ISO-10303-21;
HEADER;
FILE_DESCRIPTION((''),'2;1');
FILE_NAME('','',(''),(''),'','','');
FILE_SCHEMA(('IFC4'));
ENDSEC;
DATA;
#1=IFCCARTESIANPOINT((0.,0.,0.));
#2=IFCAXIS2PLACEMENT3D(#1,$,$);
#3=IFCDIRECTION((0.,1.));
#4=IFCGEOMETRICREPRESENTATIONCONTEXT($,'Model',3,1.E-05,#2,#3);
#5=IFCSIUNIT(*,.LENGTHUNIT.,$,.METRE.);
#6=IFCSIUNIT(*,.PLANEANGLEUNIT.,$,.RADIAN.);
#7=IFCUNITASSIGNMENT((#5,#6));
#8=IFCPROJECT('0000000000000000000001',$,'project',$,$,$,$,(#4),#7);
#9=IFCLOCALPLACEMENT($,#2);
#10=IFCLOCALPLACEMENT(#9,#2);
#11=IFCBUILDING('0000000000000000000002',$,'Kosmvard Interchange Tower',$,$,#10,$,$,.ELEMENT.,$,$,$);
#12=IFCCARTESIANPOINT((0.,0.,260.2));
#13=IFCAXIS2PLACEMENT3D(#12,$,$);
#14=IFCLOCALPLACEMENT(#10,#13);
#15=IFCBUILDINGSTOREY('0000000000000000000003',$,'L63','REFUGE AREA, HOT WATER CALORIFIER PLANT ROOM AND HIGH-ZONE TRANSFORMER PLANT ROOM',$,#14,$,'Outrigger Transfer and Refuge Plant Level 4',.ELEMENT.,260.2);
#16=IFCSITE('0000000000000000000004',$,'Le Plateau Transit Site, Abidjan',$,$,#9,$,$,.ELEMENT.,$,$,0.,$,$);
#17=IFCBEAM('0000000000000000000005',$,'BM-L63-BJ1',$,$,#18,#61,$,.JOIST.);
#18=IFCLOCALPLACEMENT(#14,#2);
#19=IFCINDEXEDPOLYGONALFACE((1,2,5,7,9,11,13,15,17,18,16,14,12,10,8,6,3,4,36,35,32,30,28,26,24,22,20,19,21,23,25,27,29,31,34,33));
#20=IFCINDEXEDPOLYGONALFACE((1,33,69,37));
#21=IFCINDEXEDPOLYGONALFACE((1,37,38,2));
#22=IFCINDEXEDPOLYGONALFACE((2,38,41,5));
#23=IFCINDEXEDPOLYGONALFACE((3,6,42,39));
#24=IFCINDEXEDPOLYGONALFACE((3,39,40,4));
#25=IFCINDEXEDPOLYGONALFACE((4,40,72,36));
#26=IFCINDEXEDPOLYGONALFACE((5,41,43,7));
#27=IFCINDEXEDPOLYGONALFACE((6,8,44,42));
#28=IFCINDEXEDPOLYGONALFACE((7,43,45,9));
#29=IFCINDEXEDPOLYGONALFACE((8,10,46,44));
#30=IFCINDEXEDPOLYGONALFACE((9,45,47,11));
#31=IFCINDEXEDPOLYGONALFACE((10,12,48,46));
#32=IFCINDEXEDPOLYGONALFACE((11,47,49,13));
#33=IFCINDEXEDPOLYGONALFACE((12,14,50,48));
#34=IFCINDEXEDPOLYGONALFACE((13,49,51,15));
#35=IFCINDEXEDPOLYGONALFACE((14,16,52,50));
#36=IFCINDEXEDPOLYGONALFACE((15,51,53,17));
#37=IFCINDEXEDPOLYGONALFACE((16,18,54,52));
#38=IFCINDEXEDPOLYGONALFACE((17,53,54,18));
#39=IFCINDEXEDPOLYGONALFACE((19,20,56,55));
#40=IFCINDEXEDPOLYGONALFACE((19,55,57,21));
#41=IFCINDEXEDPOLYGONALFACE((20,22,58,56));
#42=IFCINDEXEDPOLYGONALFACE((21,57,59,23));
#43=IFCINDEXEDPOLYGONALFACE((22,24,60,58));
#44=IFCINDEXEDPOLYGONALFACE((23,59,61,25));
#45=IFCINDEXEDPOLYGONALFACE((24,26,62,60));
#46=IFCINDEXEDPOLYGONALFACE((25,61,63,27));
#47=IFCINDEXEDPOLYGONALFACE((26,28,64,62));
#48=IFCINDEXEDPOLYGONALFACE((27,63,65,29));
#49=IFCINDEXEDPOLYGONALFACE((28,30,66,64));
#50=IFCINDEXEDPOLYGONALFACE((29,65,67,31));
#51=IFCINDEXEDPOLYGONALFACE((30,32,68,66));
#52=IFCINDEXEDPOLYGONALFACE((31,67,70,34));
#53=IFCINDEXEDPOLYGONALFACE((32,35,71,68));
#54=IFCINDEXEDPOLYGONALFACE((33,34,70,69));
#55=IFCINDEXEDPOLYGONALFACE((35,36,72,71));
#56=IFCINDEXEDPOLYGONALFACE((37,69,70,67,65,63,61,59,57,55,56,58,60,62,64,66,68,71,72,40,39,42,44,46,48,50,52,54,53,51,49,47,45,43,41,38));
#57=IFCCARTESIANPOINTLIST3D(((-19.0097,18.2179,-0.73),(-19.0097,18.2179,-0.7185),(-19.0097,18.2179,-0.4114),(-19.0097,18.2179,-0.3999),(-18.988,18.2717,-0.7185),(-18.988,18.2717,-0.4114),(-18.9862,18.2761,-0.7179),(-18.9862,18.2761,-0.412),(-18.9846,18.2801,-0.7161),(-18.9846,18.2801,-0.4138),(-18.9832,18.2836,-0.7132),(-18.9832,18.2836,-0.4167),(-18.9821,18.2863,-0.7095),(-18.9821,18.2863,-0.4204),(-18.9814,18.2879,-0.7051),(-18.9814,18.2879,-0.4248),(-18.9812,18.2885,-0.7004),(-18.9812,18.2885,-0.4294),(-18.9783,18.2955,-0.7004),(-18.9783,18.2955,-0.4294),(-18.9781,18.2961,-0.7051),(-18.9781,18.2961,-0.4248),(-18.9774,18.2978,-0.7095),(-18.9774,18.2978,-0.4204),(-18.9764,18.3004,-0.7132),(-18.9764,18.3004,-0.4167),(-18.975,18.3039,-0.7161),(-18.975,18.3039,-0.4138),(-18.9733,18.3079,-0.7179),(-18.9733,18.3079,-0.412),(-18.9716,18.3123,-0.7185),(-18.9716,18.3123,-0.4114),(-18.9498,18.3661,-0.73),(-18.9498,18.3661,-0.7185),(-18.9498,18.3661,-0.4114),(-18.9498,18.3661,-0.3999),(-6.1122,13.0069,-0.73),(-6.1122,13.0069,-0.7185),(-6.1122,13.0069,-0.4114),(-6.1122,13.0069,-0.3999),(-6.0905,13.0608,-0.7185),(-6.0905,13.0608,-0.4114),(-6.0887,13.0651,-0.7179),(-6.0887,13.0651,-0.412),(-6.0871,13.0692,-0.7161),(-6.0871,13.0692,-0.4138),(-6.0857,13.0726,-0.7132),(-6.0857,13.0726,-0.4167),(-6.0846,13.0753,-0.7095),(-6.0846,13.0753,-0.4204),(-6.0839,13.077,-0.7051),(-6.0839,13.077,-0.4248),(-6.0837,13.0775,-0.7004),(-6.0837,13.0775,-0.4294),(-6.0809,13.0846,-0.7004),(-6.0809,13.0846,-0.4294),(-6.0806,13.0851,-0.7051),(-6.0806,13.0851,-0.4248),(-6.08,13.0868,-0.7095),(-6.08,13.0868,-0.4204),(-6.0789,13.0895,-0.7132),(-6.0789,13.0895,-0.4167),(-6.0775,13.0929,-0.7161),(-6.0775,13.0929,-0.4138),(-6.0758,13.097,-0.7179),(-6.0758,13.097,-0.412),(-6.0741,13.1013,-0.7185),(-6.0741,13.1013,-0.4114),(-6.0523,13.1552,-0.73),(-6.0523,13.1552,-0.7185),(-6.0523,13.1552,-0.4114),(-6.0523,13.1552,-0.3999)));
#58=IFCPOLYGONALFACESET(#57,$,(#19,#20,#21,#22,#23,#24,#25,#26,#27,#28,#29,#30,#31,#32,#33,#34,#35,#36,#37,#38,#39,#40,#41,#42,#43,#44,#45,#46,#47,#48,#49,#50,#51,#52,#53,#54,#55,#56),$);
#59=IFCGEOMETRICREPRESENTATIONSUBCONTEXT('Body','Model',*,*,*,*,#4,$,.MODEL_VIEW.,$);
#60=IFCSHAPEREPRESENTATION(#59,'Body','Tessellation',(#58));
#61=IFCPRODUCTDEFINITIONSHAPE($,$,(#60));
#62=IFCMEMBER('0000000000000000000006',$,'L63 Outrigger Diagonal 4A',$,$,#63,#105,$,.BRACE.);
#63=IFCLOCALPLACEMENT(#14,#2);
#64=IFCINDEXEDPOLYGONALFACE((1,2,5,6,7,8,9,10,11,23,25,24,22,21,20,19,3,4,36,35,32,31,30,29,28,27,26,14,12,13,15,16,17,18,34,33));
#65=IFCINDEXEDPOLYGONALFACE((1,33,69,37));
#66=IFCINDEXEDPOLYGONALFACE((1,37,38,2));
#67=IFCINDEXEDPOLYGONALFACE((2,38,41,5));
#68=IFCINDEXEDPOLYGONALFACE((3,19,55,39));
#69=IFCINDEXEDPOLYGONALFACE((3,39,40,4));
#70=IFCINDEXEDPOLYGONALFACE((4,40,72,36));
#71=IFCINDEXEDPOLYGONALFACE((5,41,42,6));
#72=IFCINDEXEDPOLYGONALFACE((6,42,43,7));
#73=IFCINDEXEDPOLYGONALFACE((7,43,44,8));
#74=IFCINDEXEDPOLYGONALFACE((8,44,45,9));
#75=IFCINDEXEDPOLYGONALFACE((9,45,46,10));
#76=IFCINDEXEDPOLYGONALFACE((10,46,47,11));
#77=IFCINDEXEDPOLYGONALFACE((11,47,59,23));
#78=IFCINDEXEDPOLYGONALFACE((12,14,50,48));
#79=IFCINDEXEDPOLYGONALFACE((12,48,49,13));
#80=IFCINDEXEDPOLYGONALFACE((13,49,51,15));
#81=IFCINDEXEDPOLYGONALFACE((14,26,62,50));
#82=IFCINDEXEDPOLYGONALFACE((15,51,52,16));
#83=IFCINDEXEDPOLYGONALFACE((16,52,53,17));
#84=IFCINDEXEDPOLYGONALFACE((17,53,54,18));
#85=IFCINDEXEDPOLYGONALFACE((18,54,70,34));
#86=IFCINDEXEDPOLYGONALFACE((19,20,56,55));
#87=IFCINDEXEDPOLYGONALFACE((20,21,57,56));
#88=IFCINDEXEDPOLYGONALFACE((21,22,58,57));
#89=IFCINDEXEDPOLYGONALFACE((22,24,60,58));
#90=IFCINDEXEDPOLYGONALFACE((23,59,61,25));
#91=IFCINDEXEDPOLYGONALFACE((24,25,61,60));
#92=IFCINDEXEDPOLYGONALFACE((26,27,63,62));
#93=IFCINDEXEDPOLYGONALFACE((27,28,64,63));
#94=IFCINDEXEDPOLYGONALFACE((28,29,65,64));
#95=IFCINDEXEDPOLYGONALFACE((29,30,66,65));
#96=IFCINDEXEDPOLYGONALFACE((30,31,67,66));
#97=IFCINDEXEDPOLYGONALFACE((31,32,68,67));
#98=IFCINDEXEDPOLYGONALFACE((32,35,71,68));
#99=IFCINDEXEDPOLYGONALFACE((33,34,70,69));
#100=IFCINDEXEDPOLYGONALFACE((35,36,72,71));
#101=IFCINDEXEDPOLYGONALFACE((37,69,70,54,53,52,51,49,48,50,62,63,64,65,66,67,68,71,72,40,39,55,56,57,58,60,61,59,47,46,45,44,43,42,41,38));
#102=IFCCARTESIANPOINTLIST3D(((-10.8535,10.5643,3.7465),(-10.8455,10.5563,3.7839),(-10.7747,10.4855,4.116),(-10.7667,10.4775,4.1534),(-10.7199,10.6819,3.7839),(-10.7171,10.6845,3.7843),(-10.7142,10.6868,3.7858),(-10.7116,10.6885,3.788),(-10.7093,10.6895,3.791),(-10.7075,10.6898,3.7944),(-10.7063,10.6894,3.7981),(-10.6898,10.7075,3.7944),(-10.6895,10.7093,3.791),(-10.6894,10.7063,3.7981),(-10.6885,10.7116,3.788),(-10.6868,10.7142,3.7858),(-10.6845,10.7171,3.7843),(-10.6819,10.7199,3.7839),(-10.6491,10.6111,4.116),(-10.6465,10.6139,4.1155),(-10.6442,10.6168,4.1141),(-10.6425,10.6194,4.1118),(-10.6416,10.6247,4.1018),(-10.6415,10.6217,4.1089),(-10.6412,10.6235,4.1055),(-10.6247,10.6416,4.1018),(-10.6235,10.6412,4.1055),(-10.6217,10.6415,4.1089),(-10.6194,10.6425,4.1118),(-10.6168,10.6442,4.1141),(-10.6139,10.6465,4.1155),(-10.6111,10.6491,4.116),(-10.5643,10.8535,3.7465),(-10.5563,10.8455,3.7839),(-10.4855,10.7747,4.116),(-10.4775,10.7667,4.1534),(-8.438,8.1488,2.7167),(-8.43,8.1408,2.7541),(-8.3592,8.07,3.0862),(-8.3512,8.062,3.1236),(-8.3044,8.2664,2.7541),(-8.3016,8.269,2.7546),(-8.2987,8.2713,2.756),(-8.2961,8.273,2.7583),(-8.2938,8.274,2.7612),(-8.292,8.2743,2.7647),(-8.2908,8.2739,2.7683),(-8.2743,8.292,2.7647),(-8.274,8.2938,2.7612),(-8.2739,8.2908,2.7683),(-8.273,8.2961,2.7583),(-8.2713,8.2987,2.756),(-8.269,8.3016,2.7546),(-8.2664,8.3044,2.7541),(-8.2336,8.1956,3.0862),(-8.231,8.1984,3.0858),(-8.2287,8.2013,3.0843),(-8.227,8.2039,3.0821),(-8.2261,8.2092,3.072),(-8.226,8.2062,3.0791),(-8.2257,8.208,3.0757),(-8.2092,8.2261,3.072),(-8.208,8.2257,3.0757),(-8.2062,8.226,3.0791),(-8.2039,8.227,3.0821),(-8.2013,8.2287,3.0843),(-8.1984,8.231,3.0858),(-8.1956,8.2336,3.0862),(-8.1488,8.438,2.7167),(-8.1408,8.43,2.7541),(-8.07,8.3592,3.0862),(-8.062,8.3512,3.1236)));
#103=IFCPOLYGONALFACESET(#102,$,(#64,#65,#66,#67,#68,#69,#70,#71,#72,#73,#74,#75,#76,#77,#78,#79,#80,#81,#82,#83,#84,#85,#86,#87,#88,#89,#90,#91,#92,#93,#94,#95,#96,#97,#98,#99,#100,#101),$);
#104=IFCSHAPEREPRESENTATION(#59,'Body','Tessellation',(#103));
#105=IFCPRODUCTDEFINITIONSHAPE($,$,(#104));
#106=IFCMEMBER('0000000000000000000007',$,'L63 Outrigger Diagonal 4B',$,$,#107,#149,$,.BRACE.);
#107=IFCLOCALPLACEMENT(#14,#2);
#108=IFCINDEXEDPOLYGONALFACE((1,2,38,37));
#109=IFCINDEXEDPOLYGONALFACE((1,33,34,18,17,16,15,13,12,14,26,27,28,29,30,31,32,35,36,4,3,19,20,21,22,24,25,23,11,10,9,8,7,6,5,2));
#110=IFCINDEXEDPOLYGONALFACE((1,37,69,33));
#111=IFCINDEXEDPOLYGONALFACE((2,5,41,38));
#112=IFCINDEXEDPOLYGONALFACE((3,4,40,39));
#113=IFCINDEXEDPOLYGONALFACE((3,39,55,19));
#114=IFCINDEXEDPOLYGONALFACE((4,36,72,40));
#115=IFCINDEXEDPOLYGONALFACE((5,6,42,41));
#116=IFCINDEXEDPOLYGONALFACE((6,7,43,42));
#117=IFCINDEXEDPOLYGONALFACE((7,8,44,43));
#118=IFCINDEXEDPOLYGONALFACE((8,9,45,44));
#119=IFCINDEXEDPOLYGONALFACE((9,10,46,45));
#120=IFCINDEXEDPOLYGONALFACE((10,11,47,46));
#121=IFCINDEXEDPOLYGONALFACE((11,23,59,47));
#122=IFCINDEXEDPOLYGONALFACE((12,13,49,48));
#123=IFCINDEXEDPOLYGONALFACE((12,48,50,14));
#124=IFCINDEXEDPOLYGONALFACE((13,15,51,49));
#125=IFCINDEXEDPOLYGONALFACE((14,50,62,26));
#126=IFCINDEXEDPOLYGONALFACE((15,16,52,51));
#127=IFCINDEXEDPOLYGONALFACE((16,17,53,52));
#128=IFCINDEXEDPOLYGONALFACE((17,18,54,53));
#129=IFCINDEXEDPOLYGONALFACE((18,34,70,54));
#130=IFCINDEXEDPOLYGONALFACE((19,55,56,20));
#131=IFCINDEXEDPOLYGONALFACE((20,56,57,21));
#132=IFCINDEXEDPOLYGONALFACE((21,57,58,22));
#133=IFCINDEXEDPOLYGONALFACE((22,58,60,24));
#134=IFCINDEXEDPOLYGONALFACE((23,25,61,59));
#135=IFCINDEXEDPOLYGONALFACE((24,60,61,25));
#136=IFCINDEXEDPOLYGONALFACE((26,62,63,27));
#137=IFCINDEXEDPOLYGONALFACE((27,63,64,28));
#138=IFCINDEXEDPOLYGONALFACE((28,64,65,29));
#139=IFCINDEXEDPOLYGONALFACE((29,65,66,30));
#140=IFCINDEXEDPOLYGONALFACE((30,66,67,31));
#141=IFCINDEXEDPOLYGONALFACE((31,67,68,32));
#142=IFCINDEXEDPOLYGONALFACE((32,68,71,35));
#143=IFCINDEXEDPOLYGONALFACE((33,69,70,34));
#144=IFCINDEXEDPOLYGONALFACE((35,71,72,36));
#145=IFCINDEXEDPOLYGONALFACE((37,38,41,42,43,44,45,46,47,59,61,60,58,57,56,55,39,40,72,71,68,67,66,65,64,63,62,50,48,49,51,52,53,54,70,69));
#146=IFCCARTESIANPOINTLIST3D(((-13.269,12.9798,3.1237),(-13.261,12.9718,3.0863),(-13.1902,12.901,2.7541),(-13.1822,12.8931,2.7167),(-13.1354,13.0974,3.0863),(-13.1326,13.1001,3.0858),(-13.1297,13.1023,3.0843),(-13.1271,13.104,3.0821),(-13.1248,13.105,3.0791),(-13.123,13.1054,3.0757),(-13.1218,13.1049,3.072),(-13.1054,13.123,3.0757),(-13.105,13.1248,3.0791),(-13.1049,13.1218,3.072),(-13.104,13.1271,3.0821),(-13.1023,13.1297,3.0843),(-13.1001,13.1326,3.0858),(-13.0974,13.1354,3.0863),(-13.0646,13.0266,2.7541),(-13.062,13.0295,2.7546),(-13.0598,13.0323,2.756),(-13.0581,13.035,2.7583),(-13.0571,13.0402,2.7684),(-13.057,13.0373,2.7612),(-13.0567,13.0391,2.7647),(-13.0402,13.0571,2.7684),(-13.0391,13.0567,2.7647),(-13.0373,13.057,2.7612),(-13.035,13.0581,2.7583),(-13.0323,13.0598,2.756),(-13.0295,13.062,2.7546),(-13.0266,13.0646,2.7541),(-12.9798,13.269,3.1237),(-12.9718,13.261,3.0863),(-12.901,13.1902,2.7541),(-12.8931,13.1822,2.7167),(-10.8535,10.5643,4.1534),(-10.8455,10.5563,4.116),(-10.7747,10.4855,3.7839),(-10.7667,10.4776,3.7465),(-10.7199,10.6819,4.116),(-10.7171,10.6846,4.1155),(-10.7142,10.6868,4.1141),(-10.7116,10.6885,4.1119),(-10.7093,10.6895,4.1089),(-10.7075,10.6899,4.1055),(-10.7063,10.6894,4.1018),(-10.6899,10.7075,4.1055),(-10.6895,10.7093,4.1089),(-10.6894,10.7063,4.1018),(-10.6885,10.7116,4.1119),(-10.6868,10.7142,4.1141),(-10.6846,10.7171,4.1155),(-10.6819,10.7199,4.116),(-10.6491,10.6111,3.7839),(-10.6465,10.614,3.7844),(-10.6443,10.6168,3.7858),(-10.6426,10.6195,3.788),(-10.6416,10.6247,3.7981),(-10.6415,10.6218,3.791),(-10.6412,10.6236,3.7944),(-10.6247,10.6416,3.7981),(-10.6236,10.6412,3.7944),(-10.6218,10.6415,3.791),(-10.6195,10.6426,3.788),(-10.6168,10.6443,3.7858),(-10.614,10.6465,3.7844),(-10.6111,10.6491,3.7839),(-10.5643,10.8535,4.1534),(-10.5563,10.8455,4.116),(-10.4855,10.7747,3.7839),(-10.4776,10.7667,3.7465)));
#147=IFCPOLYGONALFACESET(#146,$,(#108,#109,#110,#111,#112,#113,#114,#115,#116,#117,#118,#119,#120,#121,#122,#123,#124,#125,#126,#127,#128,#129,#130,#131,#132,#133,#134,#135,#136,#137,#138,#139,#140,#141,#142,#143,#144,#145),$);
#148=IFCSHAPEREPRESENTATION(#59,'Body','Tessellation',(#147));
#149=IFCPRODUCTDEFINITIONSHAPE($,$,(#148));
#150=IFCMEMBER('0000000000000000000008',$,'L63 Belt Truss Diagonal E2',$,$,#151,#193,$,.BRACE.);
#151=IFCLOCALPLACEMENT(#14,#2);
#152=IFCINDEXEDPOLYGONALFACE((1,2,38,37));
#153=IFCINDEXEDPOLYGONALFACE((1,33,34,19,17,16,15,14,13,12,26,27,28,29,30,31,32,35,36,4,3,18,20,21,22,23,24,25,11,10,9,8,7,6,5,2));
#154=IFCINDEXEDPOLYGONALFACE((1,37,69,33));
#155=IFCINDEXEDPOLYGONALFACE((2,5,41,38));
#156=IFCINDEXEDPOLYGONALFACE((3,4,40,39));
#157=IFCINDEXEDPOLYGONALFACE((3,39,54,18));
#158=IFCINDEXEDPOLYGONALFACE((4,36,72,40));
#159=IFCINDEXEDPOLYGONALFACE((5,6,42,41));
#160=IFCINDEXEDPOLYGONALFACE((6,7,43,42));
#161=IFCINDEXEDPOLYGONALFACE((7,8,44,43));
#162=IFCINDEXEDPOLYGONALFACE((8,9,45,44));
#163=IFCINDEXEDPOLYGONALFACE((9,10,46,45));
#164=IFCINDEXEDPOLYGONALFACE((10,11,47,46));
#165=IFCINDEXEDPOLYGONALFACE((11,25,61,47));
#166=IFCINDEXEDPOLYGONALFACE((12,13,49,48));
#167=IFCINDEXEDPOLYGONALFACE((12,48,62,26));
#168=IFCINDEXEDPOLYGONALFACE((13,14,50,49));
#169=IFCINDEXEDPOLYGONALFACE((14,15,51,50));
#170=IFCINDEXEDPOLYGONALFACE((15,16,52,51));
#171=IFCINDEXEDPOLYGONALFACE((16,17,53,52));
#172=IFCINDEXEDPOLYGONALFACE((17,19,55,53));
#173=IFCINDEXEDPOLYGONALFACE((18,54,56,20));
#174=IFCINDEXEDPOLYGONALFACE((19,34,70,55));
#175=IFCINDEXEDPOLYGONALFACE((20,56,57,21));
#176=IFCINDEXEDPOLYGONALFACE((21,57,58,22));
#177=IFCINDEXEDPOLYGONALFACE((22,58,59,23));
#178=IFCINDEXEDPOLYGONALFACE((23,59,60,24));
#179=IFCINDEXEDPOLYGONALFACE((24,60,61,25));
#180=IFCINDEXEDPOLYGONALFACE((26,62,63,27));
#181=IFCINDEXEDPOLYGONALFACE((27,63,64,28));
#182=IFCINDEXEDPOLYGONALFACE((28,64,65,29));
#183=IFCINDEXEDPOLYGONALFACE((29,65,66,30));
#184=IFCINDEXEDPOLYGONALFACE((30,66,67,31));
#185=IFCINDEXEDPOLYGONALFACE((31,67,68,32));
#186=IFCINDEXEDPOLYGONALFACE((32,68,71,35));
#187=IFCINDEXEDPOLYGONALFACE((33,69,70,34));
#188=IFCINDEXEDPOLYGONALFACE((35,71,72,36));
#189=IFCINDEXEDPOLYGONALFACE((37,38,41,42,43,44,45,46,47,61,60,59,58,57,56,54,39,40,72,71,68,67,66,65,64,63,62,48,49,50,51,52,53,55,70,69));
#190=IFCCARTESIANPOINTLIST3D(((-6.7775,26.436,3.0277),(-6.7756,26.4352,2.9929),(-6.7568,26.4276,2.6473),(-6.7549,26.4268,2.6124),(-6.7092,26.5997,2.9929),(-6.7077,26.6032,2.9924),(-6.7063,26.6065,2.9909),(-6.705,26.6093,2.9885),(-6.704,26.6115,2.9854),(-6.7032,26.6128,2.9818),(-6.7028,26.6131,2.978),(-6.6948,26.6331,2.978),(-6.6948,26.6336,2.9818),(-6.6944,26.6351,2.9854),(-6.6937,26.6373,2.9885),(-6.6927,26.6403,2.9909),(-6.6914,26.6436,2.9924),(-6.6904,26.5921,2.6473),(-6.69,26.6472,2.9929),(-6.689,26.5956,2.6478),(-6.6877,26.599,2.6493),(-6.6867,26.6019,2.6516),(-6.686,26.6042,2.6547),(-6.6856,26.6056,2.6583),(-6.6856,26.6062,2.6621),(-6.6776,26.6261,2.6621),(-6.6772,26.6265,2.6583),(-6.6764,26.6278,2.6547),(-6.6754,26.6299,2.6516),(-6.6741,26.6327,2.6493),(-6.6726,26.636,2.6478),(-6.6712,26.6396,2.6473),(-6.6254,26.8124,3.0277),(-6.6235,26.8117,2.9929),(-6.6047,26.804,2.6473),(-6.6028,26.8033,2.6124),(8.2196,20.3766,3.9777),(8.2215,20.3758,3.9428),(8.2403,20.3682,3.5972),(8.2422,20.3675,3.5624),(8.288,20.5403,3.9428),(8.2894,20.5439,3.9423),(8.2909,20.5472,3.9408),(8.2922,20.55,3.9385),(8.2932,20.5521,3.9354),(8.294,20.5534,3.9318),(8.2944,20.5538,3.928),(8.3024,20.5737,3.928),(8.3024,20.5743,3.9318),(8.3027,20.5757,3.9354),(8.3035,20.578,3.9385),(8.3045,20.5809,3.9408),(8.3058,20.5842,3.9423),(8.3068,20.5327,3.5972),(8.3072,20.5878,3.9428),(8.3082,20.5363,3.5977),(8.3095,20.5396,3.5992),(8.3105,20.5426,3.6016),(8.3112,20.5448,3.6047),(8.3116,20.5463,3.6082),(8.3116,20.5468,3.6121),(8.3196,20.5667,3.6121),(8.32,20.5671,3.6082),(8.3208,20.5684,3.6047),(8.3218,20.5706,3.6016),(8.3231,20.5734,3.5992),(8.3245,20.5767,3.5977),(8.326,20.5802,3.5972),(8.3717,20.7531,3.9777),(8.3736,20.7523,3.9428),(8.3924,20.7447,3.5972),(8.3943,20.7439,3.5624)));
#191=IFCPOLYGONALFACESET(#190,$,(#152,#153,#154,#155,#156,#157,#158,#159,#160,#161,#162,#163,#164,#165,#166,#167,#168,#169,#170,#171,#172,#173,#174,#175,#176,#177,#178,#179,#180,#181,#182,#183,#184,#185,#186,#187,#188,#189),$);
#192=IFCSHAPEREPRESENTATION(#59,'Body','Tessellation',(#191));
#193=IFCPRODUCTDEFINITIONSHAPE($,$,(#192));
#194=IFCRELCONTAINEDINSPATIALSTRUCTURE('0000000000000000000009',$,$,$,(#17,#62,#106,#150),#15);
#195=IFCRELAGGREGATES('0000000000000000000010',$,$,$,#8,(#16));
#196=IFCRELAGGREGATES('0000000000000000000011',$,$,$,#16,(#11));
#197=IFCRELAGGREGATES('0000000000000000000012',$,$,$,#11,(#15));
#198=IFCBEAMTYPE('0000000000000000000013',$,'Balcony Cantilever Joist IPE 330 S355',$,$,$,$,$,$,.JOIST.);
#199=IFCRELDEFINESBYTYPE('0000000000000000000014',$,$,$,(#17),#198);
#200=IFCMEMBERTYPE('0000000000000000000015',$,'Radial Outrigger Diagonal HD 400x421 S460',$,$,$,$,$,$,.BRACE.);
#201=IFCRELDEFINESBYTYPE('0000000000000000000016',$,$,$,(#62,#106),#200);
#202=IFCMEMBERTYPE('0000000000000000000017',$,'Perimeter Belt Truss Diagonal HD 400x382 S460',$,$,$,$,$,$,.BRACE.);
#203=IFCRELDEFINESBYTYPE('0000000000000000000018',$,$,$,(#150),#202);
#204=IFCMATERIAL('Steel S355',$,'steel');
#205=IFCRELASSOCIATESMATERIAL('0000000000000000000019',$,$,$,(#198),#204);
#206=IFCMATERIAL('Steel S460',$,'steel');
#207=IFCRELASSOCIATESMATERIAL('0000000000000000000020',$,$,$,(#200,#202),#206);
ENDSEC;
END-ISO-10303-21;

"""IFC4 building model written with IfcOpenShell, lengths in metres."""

from ifc_helpers import new_model, si_unit, direction, frame, origin, origin_2d, place, context, subcontext, project, spatial, i_section, extrude, source, transform, mapped, material, material_profile, profile_set, type_object, element, save


model = new_model("IFC4")

# Units and contexts
model_context = context("Model", 3, precision=1e-05, world=origin(), true_north=direction((0.0, 1.0)))
body_context = subcontext(model_context, "Body", "Model", "MODEL_VIEW")
ifc_project = project(units=[si_unit("LENGTHUNIT", "METRE"), si_unit("PLANEANGLEUNIT", "RADIAN")], contexts=[model_context])

# Site, building, storey
site_placement = place(None, origin())
site = spatial("IfcSite", under=ifc_project, at=site_placement, Name="Le Plateau Transit Site, Abidjan", CompositionType="ELEMENT", RefElevation=0.0)
building_placement = place(site_placement, origin())
building = spatial("IfcBuilding", under=site, at=building_placement, Name="Kosmvard Interchange Tower", CompositionType="ELEMENT")
storey_placement = place(building_placement, frame((0.0, 0.0, 260.2)))
storey = spatial("IfcBuildingStorey", under=building, at=storey_placement, Name="L63", Description="REFUGE AREA, HOT WATER CALORIFIER PLANT ROOM AND HIGH-ZONE TRANSFORMER PLANT ROOM", LongName="Outrigger Transfer and Refuge Plant Level 4", CompositionType="ELEMENT", Elevation=260.2)

# Shared definitions
ifc_material_1 = material(Name="Steel S460", Category="steel")

# Beam
ifc_material_2 = material(Name="Steel S355", Category="steel")
ifc_material_profile_1 = material_profile(ifc_material_2, i_section(OverallWidth=0.1599, OverallDepth=0.3301, WebThickness=0.0076, FlangeThickness=0.0115, FilletRadius=0.0181, at=origin_2d()), Name="IPE 330")
ifc_profile_set_1 = profile_set([ifc_material_profile_1], Name="Steel S355")
beam_type_1 = type_object("IfcBeamType", Name="Balcony Cantilever Joist IPE 330 S355", PredefinedType="JOIST", material=ifc_profile_set_1)
shared_shape_1 = source(origin(), body_context, "Body", "SweptSolid", [
    extrude(i_section(OverallWidth=0.1599, OverallDepth=0.3301, WebThickness=0.0076, FlangeThickness=0.0115, FilletRadius=0.0181, at=origin_2d()), origin(), (0.0, 0.0, 1.0), 13.9104),
])
beam_1_placement = place(storey_placement, frame((-6.0823, 13.0811, -0.5649), z_axis=(-0.927183, 0.374608, 0.0), x_axis=(-0.374608, -0.927183, 0.0)))
element("IfcBeam", 1, at=beam_1_placement, inside=storey, type_object=beam_type_1, Name="BM-L63-BJ1", PredefinedType="JOIST", context=body_context, shape_type="MappedRepresentation", body=[
    mapped(shared_shape_1, transform((0.0, 0.0, 0.0), scale=1.0)),
])

# Members
ifc_material_profile_2 = material_profile(ifc_material_1, i_section(OverallWidth=0.4089, OverallDepth=0.425, WebThickness=0.0239, FlangeThickness=0.0391, FilletRadius=0.0149, at=origin_2d()), Name="HD 400x421")
ifc_profile_set_2 = profile_set([ifc_material_profile_2], Name="Steel S460")
member_type_1 = type_object("IfcMemberType", Name="Radial Outrigger Diagonal HD 400x421 S460", PredefinedType="BRACE", material=ifc_profile_set_2)
shared_shape_2 = source(origin(), body_context, "Body", "SweptSolid", [
    extrude(i_section(OverallWidth=0.4089, OverallDepth=0.425, WebThickness=0.0239, FlangeThickness=0.0391, FilletRadius=0.0149, at=origin_2d()), origin(), (0.0, 0.0, 1.0), 3.5679),
])
for number, where, z_axis, x_axis, name in (
    (2, (-8.25, 8.25, 2.9202), (-0.677014, 0.677014, 0.288624), (-0.707107, -0.707107, 0.0), "L63 Outrigger Diagonal 4A"),
    (3, (-10.6655, 10.6655, 3.95), (-0.677014, 0.677014, -0.288624), (-0.707107, -0.707107, 0.0), "L63 Outrigger Diagonal 4B"),
):
    element("IfcMember", number, at=place(storey_placement, frame(where, z_axis=z_axis, x_axis=x_axis)), inside=storey, type_object=member_type_1, Name=name, PredefinedType="BRACE", context=body_context, shape_type="MappedRepresentation", body=[
        mapped(shared_shape_2, transform((0.0, 0.0, 0.0), scale=1.0)),
    ])
ifc_material_profile_3 = material_profile(ifc_material_1, i_section(OverallWidth=0.406, OverallDepth=0.416, WebThickness=0.0215, FlangeThickness=0.0349, FilletRadius=0.0149, at=origin_2d()), Name="HD 400x382")
ifc_profile_set_3 = profile_set([ifc_material_profile_3], Name="Steel S460")
member_type_2 = type_object("IfcMemberType", Name="Perimeter Belt Truss Diagonal HD 400x382 S460", PredefinedType="BRACE", material=ifc_profile_set_3)
shared_shape_3 = source(origin(), body_context, "Body", "SweptSolid", [
    extrude(i_section(OverallWidth=0.406, OverallDepth=0.416, WebThickness=0.0215, FlangeThickness=0.0349, FilletRadius=0.0149, at=origin_2d()), origin(), (0.0, 0.0, 1.0), 16.2029),
])
member_1_placement = place(storey_placement, frame((-6.6902, 26.6196, 2.8201), z_axis=(0.925586, -0.373968, 0.058629), x_axis=(0.374613, 0.927181, 0.0)))
element("IfcMember", 4, at=member_1_placement, inside=storey, type_object=member_type_2, Name="L63 Belt Truss Diagonal E2", PredefinedType="BRACE", context=body_context, shape_type="MappedRepresentation", body=[
    mapped(shared_shape_3, transform((0.0, 0.0, 0.0), scale=1.0)),
])

save(model, "model.ifc")
